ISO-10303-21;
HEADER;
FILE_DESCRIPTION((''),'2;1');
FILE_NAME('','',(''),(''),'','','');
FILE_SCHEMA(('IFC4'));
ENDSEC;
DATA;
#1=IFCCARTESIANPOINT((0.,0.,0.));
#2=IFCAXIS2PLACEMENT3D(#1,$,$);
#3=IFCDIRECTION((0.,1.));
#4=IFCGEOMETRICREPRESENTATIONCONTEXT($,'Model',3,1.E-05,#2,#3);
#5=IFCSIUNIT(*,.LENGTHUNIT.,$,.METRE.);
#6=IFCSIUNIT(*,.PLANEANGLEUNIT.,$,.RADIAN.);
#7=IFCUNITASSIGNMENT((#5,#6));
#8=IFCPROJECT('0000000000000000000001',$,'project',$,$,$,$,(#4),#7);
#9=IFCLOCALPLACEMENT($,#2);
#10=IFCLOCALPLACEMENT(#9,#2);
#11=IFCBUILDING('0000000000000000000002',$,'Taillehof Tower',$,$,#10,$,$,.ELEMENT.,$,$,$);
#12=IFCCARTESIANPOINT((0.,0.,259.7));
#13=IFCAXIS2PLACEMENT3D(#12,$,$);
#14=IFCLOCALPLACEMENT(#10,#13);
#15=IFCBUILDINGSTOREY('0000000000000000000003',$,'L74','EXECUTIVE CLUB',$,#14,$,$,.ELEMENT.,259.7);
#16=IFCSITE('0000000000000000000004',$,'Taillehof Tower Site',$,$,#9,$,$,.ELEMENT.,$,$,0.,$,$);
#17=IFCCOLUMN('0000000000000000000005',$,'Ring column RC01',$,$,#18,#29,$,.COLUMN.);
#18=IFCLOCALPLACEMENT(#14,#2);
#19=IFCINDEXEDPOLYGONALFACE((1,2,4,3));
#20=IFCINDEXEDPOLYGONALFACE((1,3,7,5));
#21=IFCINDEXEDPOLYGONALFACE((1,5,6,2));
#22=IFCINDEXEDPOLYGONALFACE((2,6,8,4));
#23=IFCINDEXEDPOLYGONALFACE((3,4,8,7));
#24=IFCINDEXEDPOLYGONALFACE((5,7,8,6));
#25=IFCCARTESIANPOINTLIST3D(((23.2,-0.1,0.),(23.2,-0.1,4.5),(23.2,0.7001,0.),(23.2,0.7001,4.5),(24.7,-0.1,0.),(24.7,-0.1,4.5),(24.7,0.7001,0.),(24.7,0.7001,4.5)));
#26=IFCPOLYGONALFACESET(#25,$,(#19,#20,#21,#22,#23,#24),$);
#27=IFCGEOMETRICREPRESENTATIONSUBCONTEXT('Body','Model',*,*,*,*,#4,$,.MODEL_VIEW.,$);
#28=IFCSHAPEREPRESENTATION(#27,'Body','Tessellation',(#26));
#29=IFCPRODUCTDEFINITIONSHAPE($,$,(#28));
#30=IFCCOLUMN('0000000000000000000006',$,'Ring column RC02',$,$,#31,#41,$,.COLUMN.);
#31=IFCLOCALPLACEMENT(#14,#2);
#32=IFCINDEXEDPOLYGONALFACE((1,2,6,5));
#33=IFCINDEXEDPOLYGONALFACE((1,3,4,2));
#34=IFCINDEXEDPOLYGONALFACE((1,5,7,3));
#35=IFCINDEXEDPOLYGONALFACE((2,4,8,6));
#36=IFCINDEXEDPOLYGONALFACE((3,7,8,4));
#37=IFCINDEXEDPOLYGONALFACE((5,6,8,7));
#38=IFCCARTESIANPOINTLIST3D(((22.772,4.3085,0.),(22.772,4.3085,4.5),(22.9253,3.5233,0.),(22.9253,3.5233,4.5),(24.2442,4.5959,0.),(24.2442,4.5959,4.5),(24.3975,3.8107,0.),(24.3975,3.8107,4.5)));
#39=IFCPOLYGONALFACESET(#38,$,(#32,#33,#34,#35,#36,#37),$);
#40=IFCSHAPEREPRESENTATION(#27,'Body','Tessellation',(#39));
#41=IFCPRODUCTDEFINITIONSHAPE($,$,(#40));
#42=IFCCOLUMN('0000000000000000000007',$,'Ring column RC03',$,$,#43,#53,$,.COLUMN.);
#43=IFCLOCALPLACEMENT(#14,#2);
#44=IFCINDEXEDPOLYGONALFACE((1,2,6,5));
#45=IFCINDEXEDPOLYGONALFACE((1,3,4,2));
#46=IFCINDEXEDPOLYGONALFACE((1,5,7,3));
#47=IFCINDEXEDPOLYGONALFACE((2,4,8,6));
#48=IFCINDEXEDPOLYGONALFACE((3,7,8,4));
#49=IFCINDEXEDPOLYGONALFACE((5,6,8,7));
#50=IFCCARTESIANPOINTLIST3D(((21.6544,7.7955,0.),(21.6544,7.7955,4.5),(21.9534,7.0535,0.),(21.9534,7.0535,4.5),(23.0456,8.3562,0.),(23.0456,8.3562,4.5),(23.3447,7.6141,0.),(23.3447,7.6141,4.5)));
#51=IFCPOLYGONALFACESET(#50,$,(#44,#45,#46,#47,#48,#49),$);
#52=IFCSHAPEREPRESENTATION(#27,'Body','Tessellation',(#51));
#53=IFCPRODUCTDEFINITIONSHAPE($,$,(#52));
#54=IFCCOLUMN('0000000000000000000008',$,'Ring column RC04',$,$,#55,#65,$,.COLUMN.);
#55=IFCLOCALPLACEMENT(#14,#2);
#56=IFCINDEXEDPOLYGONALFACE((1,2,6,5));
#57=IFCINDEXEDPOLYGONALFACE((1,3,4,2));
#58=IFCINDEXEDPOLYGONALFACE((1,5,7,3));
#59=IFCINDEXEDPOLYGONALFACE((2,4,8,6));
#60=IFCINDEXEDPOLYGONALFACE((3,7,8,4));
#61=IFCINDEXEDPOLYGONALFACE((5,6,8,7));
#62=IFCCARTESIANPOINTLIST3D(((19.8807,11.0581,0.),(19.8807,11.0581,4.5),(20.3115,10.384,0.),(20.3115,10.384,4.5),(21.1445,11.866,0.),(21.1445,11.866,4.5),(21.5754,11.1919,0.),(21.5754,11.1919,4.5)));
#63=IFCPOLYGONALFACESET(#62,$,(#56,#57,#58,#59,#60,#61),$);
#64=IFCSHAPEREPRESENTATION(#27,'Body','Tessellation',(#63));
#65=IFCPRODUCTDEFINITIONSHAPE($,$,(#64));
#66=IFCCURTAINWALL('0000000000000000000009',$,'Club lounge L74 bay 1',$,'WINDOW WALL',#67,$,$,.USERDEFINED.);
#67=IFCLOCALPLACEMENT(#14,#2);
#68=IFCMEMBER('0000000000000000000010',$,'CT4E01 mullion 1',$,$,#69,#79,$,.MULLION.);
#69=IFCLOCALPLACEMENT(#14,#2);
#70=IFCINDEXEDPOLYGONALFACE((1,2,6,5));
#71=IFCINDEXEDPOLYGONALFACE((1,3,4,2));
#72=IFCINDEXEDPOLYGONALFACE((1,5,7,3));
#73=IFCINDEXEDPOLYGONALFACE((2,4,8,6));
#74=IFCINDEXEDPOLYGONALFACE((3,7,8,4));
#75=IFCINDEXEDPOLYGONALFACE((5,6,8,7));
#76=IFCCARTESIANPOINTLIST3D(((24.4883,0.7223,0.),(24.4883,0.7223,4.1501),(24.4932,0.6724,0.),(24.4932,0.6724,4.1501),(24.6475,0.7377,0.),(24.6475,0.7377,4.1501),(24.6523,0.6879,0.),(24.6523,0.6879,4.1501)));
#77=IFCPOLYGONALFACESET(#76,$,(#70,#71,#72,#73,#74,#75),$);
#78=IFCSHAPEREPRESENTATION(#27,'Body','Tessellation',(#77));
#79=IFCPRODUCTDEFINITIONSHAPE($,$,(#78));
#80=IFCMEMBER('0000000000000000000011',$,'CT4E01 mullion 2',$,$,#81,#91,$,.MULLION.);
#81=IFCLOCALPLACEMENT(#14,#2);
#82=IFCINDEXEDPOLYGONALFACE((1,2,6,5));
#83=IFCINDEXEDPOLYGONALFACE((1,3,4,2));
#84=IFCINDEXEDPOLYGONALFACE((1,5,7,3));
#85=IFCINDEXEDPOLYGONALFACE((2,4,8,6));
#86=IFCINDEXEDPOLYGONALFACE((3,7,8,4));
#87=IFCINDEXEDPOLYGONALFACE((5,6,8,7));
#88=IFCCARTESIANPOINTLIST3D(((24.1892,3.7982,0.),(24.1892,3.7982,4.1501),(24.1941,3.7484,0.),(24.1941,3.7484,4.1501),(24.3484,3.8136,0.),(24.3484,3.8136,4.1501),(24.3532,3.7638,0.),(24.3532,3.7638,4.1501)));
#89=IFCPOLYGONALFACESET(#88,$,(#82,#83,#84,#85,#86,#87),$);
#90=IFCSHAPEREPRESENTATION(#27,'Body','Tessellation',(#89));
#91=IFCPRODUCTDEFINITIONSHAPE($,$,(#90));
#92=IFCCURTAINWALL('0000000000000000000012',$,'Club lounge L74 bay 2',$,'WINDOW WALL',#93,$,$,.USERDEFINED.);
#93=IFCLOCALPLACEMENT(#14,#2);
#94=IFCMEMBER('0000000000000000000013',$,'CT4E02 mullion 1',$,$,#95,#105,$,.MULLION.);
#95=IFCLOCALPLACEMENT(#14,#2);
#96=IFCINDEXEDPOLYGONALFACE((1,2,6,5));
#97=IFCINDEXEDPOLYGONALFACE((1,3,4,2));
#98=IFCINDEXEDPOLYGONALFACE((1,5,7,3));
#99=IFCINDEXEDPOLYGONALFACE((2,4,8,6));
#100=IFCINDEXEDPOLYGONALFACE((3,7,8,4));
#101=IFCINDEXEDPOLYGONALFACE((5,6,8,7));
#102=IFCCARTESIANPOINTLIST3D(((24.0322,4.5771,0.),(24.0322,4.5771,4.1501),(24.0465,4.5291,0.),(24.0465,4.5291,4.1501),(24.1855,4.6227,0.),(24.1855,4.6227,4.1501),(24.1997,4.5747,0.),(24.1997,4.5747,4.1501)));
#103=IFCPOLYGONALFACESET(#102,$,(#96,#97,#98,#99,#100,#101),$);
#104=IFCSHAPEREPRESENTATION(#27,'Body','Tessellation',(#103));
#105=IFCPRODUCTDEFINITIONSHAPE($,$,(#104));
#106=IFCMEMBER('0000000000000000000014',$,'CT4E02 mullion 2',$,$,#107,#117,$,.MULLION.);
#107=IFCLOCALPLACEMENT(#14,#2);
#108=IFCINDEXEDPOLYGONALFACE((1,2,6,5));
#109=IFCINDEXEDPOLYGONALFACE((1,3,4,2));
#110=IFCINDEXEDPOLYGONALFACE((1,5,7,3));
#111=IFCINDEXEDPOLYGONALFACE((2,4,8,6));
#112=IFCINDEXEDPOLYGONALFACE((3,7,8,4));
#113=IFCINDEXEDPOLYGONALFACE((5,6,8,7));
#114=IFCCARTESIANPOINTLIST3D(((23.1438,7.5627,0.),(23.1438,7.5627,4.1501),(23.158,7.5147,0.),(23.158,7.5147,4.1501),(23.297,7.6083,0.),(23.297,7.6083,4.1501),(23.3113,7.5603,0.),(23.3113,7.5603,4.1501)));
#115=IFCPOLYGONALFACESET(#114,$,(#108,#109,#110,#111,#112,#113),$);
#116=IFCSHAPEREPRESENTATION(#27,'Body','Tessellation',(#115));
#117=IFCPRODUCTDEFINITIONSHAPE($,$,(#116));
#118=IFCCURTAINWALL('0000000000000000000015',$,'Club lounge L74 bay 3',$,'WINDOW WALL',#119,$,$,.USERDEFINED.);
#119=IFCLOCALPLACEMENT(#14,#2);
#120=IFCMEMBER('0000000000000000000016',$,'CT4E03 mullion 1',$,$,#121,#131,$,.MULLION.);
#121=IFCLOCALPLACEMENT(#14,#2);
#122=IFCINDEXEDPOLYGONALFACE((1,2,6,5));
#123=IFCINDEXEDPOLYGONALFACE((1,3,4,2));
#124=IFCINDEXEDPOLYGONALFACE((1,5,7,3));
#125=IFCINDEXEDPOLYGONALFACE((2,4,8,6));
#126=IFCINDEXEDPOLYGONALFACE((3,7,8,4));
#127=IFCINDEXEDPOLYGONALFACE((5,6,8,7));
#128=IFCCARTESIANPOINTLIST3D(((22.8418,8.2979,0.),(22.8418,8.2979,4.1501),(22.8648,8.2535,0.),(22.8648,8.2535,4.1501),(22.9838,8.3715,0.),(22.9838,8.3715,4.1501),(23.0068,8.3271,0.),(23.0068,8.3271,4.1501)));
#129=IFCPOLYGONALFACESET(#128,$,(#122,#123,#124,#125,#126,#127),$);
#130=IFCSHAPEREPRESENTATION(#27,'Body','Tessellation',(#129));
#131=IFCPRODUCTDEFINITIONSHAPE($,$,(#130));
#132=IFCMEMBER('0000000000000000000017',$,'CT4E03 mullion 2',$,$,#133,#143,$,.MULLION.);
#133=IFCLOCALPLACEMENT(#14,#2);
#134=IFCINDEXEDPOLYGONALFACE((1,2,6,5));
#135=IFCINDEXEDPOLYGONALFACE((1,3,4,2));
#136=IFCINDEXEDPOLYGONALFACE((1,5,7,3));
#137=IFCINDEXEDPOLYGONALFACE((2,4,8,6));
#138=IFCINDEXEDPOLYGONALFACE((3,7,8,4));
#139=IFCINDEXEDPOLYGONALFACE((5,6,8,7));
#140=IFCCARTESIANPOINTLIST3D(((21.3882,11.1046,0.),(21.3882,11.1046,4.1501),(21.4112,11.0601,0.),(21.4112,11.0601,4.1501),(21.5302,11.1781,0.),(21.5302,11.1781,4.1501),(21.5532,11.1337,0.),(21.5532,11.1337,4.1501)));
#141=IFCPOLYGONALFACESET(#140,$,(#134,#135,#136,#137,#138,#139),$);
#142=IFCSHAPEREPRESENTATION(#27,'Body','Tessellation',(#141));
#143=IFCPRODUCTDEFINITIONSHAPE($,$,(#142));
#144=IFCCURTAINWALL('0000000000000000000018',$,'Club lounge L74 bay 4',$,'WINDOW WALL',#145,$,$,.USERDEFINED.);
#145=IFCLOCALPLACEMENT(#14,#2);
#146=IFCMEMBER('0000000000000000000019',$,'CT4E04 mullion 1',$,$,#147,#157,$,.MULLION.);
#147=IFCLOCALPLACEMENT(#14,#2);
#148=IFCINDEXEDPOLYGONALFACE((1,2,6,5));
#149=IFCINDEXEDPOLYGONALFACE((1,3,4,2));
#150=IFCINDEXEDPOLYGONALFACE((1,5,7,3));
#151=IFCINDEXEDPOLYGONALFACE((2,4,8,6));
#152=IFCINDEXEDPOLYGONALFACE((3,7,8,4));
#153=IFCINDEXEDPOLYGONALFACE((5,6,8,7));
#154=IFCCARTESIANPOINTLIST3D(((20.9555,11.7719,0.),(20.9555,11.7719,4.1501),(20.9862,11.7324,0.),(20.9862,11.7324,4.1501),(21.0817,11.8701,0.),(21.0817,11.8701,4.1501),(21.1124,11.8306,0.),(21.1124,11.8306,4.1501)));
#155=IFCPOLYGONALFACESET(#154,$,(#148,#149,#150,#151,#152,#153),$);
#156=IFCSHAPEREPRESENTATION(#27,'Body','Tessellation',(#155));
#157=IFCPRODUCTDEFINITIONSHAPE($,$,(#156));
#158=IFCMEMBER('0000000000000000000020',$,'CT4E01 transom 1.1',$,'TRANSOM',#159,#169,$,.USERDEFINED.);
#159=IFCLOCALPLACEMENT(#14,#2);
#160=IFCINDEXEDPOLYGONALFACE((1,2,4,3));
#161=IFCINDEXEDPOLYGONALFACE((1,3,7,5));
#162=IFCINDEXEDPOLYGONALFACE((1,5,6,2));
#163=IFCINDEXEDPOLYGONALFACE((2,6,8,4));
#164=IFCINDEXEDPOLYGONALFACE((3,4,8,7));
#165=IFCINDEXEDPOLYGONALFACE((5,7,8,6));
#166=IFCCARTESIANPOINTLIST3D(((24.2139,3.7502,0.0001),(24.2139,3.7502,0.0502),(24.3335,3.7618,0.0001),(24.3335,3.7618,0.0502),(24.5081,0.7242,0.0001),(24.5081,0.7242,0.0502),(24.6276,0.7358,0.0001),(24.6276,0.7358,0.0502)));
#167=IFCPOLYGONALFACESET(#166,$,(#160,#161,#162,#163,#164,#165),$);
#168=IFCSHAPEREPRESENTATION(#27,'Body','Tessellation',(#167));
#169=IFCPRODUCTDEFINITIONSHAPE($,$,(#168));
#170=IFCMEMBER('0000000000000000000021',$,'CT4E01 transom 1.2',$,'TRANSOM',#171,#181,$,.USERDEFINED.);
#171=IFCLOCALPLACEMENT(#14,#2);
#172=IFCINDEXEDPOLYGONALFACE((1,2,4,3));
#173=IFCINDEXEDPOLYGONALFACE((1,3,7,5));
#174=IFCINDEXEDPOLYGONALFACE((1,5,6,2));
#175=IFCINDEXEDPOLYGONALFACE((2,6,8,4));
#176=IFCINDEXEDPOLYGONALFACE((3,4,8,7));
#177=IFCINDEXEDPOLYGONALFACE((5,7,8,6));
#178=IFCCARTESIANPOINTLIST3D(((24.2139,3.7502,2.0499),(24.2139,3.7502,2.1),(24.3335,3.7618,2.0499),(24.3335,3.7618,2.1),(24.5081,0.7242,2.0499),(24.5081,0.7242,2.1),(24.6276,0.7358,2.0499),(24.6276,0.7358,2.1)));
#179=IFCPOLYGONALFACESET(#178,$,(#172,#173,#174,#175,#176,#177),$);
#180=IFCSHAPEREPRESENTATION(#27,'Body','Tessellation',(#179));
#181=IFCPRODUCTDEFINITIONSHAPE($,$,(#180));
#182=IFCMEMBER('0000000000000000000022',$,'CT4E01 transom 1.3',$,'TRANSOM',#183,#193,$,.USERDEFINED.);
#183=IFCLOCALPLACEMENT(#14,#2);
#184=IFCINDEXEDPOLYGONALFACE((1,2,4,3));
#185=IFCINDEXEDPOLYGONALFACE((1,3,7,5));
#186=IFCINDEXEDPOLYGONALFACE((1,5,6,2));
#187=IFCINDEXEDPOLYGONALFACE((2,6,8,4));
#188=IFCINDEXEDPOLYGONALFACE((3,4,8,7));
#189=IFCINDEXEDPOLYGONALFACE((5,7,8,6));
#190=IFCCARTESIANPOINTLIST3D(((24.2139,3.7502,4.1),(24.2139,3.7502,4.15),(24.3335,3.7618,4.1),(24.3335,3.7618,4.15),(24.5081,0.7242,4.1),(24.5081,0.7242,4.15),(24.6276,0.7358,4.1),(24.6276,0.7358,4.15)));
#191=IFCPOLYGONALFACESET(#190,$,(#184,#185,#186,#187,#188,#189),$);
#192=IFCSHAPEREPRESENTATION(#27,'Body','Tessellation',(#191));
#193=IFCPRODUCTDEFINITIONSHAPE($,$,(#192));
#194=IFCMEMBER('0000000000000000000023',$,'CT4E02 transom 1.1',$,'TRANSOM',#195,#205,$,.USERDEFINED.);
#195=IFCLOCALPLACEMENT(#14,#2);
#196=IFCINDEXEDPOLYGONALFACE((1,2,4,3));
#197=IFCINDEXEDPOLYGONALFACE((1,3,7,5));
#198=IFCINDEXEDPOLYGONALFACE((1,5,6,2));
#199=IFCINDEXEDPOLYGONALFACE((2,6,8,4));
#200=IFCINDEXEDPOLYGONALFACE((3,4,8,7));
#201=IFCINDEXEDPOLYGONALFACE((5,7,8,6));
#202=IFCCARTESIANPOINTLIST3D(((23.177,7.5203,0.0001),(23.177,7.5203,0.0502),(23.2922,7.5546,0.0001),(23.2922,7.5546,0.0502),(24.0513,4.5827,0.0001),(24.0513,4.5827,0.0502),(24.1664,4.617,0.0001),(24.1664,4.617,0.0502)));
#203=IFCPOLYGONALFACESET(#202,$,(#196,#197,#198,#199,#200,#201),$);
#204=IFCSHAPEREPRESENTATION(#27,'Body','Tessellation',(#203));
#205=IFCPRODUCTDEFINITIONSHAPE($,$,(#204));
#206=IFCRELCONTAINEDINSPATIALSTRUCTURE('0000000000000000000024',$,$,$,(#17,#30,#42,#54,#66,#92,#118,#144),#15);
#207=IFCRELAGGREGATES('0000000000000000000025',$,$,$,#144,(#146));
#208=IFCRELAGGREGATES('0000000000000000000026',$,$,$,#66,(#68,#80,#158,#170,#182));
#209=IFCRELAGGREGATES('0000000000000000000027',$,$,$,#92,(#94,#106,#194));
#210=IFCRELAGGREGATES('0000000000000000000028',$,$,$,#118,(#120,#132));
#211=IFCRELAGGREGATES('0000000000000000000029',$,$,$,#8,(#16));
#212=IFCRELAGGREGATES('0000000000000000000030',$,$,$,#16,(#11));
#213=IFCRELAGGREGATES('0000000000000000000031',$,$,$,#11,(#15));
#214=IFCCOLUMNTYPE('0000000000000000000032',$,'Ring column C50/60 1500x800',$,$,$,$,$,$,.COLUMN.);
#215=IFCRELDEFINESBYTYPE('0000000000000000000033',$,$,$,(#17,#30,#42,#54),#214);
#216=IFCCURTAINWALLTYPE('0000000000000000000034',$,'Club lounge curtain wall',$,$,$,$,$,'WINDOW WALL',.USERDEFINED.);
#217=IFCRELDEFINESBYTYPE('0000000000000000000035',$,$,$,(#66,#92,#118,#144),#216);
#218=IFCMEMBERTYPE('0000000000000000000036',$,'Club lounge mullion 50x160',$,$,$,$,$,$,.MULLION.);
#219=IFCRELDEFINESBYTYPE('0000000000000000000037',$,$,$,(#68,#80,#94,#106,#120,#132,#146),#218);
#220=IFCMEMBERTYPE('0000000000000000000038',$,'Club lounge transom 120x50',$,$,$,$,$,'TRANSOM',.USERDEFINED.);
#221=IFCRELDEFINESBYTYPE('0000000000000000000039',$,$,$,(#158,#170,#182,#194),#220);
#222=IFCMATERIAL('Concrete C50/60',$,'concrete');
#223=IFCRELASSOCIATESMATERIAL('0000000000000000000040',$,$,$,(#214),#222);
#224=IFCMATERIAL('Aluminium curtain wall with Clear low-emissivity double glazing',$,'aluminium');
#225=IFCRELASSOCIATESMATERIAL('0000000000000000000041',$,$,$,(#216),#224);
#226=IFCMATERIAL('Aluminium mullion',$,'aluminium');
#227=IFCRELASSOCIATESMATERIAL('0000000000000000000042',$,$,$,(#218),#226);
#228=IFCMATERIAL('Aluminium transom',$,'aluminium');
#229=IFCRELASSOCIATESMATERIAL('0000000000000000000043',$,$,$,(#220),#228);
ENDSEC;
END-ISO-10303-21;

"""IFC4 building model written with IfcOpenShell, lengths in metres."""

from ifc_helpers import new_model, si_unit, direction, frame, origin, origin_2d, place, context, subcontext, project, spatial, rectangle, extrude, material, material_profile, profile_set, type_object, element, aggregate, save


model = new_model("IFC4")

# Units and contexts
model_context = context("Model", 3, precision=1e-05, world=origin(), true_north=direction((0.0, 1.0)))
body_context = subcontext(model_context, "Body", "Model", "MODEL_VIEW")
ifc_project = project(units=[si_unit("LENGTHUNIT", "METRE"), si_unit("PLANEANGLEUNIT", "RADIAN")], contexts=[model_context])

# Site, building, storey
site_placement = place(None, origin())
site = spatial("IfcSite", under=ifc_project, at=site_placement, Name="Taillehof Tower Site", CompositionType="ELEMENT", RefElevation=0.0)
building_placement = place(site_placement, origin())
building = spatial("IfcBuilding", under=site, at=building_placement, Name="Taillehof Tower", CompositionType="ELEMENT")
storey_placement = place(building_placement, frame((0.0, 0.0, 259.7)))
storey = spatial("IfcBuildingStorey", under=building, at=storey_placement, Name="L74", Description="EXECUTIVE CLUB", CompositionType="ELEMENT", Elevation=259.7)

# Columns
ifc_material_1 = material(Name="Concrete C50/60", Category="concrete")
ifc_material_profile_1 = material_profile(ifc_material_1, rectangle(XDim=1.5, YDim=0.8, at=origin_2d()), Name="RC 1500x800")
ifc_profile_set_1 = profile_set([ifc_material_profile_1], Name="Concrete C50/60")
column_type = type_object("IfcColumnType", Name="Ring column C50/60 1500x800", PredefinedType="COLUMN", material=ifc_profile_set_1)
for number, where, z_axis, x_axis, name in (
    (1, (23.95, 0.3, 0.0), (0.0, 0.0, 1.0), (1.0, 0.0, 0.0), "Ring column RC01"),
    (2, (23.5847, 4.0596, 0.0), (0.0, 0.0, 1.0), (0.981473, 0.191602, 0.0), "Ring column RC02"),
    (3, (22.4995, 7.7048, 0.0), (0.0, 0.0, 1.0), (0.927525, 0.373762, 0.0), "Ring column RC03"),
    (4, (20.728, 11.125, 0.0), (0.0, 0.0, 1.0), (0.842574, 0.538581, 0.0), "Ring column RC04"),
):
    element("IfcColumn", number, at=place(storey_placement, frame(where, z_axis=z_axis, x_axis=x_axis)), inside=storey, type_object=column_type, Name=name, PredefinedType="COLUMN", context=body_context, shape_type="SweptSolid", body=[
        extrude(rectangle(XDim=1.5, YDim=0.8, at=origin_2d()), origin(), (0.0, 0.0, 1.0), 4.5),
    ])

# Curtain walls, members
ifc_material_2 = material(Name="Aluminium curtain wall with Clear low-emissivity double glazing", Category="aluminium")
curtain_wall_type = type_object("IfcCurtainWallType", Name="Club lounge curtain wall", ElementType="WINDOW WALL", PredefinedType="USERDEFINED", material=ifc_material_2)
curtain_wall_1_placement = place(storey_placement, origin())
curtain_wall_1 = element("IfcCurtainWall", 5, at=curtain_wall_1_placement, inside=storey, type_object=curtain_wall_type, Name="Club lounge L74 bay 1", ObjectType="WINDOW WALL", PredefinedType="USERDEFINED")
ifc_material_3 = material(Name="Aluminium mullion", Category="aluminium")
ifc_material_profile_2 = material_profile(ifc_material_3, rectangle(XDim=0.1599, YDim=0.05, at=origin_2d()), Name="AL 50x160")
ifc_profile_set_2 = profile_set([ifc_material_profile_2], Name="Aluminium mullion")
member_type_1 = type_object("IfcMemberType", Name="Club lounge mullion 50x160", PredefinedType="MULLION", material=ifc_profile_set_2)
member_1_placement = place(storey_placement, frame((24.5703, 0.7051, 0.0), z_axis=(0.0, 0.0, 1.0), x_axis=(-0.995312, -0.096714, 0.0)))
member_1 = element("IfcMember", 6, at=member_1_placement, type_object=member_type_1, Name="CT4E01 mullion 1", PredefinedType="MULLION", context=body_context, shape_type="SweptSolid", body=[
    extrude(rectangle(XDim=0.1599, YDim=0.05, at=origin_2d()), origin(), (0.0, 0.0, 1.0), 4.1501),
])
member_2_placement = place(storey_placement, frame((24.2712, 3.781, 0.0), z_axis=(0.0, 0.0, 1.0), x_axis=(-0.995312, -0.096714, 0.0)))
member_2 = element("IfcMember", 7, at=member_2_placement, type_object=member_type_1, Name="CT4E01 mullion 2", PredefinedType="MULLION", context=body_context, shape_type="SweptSolid", body=[
    extrude(rectangle(XDim=0.1599, YDim=0.05, at=origin_2d()), origin(), (0.0, 0.0, 1.0), 4.1501),
])
curtain_wall_2_placement = place(storey_placement, origin())
curtain_wall_2 = element("IfcCurtainWall", 8, at=curtain_wall_2_placement, inside=storey, type_object=curtain_wall_type, Name="Club lounge L74 bay 2", ObjectType="WINDOW WALL", PredefinedType="USERDEFINED")
member_3_placement = place(storey_placement, frame((24.116, 4.5759, 0.0), z_axis=(0.0, 0.0, 1.0), x_axis=(-0.958457, -0.285236, 0.0)))
member_3 = element("IfcMember", 9, at=member_3_placement, type_object=member_type_1, Name="CT4E02 mullion 1", PredefinedType="MULLION", context=body_context, shape_type="SweptSolid", body=[
    extrude(rectangle(XDim=0.1599, YDim=0.05, at=origin_2d()), origin(), (0.0, 0.0, 1.0), 4.1501),
])
member_4_placement = place(storey_placement, frame((23.2275, 7.5615, 0.0), z_axis=(0.0, 0.0, 1.0), x_axis=(-0.958457, -0.285236, 0.0)))
member_4 = element("IfcMember", 10, at=member_4_placement, type_object=member_type_1, Name="CT4E02 mullion 2", PredefinedType="MULLION", context=body_context, shape_type="SweptSolid", body=[
    extrude(rectangle(XDim=0.1599, YDim=0.05, at=origin_2d()), origin(), (0.0, 0.0, 1.0), 4.1501),
])
curtain_wall_3_placement = place(storey_placement, origin())
curtain_wall_3 = element("IfcCurtainWall", 11, at=curtain_wall_3_placement, inside=storey, type_object=curtain_wall_type, Name="Club lounge L74 bay 3", ObjectType="WINDOW WALL", PredefinedType="USERDEFINED")
member_5_placement = place(storey_placement, frame((22.9243, 8.3125, 0.0), z_axis=(0.0, 0.0, 1.0), x_axis=(-0.887975, -0.459891, 0.0)))
member_5 = element("IfcMember", 12, at=member_5_placement, type_object=member_type_1, Name="CT4E03 mullion 1", PredefinedType="MULLION", context=body_context, shape_type="SweptSolid", body=[
    extrude(rectangle(XDim=0.1599, YDim=0.05, at=origin_2d()), origin(), (0.0, 0.0, 1.0), 4.1501),
])
member_6_placement = place(storey_placement, frame((21.4707, 11.1191, 0.0), z_axis=(0.0, 0.0, 1.0), x_axis=(-0.887975, -0.459891, 0.0)))
member_6 = element("IfcMember", 13, at=member_6_placement, type_object=member_type_1, Name="CT4E03 mullion 2", PredefinedType="MULLION", context=body_context, shape_type="SweptSolid", body=[
    extrude(rectangle(XDim=0.1599, YDim=0.05, at=origin_2d()), origin(), (0.0, 0.0, 1.0), 4.1501),
])

# Curtain wall, member
curtain_wall_4_placement = place(storey_placement, origin())
curtain_wall_4 = element("IfcCurtainWall", 14, at=curtain_wall_4_placement, inside=storey, type_object=curtain_wall_type, Name="Club lounge L74 bay 4", ObjectType="WINDOW WALL", PredefinedType="USERDEFINED")
member_7_placement = place(storey_placement, frame((21.0339, 11.8013, 0.0), z_axis=(0.0, 0.0, 1.0), x_axis=(-0.789382, -0.613903, 0.0)))
member_7 = element("IfcMember", 15, at=member_7_placement, type_object=member_type_1, Name="CT4E04 mullion 1", PredefinedType="MULLION", context=body_context, shape_type="SweptSolid", body=[
    extrude(rectangle(XDim=0.1599, YDim=0.05, at=origin_2d()), origin(), (0.0, 0.0, 1.0), 4.1501),
])
aggregate(curtain_wall_4, [member_7])

# Members
ifc_material_4 = material(Name="Aluminium transom", Category="aluminium")
ifc_material_profile_3 = material_profile(ifc_material_4, rectangle(XDim=0.1201, YDim=0.05, at=origin_2d()), Name="AL 120x50")
ifc_profile_set_3 = profile_set([ifc_material_profile_3], Name="Aluminium transom")
member_type_2 = type_object("IfcMemberType", Name="Club lounge transom 120x50", ElementType="TRANSOM", PredefinedType="USERDEFINED", material=ifc_profile_set_3)
member_8_placement = place(storey_placement, frame((24.5679, 0.73, 0.0251), z_axis=(-0.09676, 0.995308, 0.0), x_axis=(-0.995308, -0.09676, 0.0)))
member_8 = element("IfcMember", 16, at=member_8_placement, type_object=member_type_2, Name="CT4E01 transom 1.1", ObjectType="TRANSOM", PredefinedType="USERDEFINED", context=body_context, shape_type="SweptSolid", body=[
    extrude(rectangle(XDim=0.1201, YDim=0.05, at=origin_2d()), origin(), (0.0, 0.0, 1.0), 3.0403),
])
member_9_placement = place(storey_placement, frame((24.5679, 0.73, 2.075), z_axis=(-0.09676, 0.995308, 0.0), x_axis=(-0.995308, -0.09676, 0.0)))
member_9 = element("IfcMember", 17, at=member_9_placement, type_object=member_type_2, Name="CT4E01 transom 1.2", ObjectType="TRANSOM", PredefinedType="USERDEFINED", context=body_context, shape_type="SweptSolid", body=[
    extrude(rectangle(XDim=0.1201, YDim=0.05, at=origin_2d()), origin(), (0.0, 0.0, 1.0), 3.0403),
])
member_10_placement = place(storey_placement, frame((24.5679, 0.73, 4.125), z_axis=(-0.09676, 0.995308, 0.0), x_axis=(-0.995308, -0.09676, 0.0)))
member_10 = element("IfcMember", 18, at=member_10_placement, type_object=member_type_2, Name="CT4E01 transom 1.3", ObjectType="TRANSOM", PredefinedType="USERDEFINED", context=body_context, shape_type="SweptSolid", body=[
    extrude(rectangle(XDim=0.1201, YDim=0.05, at=origin_2d()), origin(), (0.0, 0.0, 1.0), 3.0403),
])
member_11_placement = place(storey_placement, frame((24.1089, 4.5999, 0.0251), z_axis=(-0.285257, 0.958451, 0.0), x_axis=(-0.958451, -0.285257, 0.0)))
member_11 = element("IfcMember", 19, at=member_11_placement, type_object=member_type_2, Name="CT4E02 transom 1.1", ObjectType="TRANSOM", PredefinedType="USERDEFINED", context=body_context, shape_type="SweptSolid", body=[
    extrude(rectangle(XDim=0.1201, YDim=0.05, at=origin_2d()), origin(), (0.0, 0.0, 1.0), 3.0649),
])

aggregate(curtain_wall_1, [member_1, member_2, member_8, member_9, member_10])
aggregate(curtain_wall_2, [member_3, member_4, member_11])
aggregate(curtain_wall_3, [member_5, member_6])

save(model, "model.ifc")
